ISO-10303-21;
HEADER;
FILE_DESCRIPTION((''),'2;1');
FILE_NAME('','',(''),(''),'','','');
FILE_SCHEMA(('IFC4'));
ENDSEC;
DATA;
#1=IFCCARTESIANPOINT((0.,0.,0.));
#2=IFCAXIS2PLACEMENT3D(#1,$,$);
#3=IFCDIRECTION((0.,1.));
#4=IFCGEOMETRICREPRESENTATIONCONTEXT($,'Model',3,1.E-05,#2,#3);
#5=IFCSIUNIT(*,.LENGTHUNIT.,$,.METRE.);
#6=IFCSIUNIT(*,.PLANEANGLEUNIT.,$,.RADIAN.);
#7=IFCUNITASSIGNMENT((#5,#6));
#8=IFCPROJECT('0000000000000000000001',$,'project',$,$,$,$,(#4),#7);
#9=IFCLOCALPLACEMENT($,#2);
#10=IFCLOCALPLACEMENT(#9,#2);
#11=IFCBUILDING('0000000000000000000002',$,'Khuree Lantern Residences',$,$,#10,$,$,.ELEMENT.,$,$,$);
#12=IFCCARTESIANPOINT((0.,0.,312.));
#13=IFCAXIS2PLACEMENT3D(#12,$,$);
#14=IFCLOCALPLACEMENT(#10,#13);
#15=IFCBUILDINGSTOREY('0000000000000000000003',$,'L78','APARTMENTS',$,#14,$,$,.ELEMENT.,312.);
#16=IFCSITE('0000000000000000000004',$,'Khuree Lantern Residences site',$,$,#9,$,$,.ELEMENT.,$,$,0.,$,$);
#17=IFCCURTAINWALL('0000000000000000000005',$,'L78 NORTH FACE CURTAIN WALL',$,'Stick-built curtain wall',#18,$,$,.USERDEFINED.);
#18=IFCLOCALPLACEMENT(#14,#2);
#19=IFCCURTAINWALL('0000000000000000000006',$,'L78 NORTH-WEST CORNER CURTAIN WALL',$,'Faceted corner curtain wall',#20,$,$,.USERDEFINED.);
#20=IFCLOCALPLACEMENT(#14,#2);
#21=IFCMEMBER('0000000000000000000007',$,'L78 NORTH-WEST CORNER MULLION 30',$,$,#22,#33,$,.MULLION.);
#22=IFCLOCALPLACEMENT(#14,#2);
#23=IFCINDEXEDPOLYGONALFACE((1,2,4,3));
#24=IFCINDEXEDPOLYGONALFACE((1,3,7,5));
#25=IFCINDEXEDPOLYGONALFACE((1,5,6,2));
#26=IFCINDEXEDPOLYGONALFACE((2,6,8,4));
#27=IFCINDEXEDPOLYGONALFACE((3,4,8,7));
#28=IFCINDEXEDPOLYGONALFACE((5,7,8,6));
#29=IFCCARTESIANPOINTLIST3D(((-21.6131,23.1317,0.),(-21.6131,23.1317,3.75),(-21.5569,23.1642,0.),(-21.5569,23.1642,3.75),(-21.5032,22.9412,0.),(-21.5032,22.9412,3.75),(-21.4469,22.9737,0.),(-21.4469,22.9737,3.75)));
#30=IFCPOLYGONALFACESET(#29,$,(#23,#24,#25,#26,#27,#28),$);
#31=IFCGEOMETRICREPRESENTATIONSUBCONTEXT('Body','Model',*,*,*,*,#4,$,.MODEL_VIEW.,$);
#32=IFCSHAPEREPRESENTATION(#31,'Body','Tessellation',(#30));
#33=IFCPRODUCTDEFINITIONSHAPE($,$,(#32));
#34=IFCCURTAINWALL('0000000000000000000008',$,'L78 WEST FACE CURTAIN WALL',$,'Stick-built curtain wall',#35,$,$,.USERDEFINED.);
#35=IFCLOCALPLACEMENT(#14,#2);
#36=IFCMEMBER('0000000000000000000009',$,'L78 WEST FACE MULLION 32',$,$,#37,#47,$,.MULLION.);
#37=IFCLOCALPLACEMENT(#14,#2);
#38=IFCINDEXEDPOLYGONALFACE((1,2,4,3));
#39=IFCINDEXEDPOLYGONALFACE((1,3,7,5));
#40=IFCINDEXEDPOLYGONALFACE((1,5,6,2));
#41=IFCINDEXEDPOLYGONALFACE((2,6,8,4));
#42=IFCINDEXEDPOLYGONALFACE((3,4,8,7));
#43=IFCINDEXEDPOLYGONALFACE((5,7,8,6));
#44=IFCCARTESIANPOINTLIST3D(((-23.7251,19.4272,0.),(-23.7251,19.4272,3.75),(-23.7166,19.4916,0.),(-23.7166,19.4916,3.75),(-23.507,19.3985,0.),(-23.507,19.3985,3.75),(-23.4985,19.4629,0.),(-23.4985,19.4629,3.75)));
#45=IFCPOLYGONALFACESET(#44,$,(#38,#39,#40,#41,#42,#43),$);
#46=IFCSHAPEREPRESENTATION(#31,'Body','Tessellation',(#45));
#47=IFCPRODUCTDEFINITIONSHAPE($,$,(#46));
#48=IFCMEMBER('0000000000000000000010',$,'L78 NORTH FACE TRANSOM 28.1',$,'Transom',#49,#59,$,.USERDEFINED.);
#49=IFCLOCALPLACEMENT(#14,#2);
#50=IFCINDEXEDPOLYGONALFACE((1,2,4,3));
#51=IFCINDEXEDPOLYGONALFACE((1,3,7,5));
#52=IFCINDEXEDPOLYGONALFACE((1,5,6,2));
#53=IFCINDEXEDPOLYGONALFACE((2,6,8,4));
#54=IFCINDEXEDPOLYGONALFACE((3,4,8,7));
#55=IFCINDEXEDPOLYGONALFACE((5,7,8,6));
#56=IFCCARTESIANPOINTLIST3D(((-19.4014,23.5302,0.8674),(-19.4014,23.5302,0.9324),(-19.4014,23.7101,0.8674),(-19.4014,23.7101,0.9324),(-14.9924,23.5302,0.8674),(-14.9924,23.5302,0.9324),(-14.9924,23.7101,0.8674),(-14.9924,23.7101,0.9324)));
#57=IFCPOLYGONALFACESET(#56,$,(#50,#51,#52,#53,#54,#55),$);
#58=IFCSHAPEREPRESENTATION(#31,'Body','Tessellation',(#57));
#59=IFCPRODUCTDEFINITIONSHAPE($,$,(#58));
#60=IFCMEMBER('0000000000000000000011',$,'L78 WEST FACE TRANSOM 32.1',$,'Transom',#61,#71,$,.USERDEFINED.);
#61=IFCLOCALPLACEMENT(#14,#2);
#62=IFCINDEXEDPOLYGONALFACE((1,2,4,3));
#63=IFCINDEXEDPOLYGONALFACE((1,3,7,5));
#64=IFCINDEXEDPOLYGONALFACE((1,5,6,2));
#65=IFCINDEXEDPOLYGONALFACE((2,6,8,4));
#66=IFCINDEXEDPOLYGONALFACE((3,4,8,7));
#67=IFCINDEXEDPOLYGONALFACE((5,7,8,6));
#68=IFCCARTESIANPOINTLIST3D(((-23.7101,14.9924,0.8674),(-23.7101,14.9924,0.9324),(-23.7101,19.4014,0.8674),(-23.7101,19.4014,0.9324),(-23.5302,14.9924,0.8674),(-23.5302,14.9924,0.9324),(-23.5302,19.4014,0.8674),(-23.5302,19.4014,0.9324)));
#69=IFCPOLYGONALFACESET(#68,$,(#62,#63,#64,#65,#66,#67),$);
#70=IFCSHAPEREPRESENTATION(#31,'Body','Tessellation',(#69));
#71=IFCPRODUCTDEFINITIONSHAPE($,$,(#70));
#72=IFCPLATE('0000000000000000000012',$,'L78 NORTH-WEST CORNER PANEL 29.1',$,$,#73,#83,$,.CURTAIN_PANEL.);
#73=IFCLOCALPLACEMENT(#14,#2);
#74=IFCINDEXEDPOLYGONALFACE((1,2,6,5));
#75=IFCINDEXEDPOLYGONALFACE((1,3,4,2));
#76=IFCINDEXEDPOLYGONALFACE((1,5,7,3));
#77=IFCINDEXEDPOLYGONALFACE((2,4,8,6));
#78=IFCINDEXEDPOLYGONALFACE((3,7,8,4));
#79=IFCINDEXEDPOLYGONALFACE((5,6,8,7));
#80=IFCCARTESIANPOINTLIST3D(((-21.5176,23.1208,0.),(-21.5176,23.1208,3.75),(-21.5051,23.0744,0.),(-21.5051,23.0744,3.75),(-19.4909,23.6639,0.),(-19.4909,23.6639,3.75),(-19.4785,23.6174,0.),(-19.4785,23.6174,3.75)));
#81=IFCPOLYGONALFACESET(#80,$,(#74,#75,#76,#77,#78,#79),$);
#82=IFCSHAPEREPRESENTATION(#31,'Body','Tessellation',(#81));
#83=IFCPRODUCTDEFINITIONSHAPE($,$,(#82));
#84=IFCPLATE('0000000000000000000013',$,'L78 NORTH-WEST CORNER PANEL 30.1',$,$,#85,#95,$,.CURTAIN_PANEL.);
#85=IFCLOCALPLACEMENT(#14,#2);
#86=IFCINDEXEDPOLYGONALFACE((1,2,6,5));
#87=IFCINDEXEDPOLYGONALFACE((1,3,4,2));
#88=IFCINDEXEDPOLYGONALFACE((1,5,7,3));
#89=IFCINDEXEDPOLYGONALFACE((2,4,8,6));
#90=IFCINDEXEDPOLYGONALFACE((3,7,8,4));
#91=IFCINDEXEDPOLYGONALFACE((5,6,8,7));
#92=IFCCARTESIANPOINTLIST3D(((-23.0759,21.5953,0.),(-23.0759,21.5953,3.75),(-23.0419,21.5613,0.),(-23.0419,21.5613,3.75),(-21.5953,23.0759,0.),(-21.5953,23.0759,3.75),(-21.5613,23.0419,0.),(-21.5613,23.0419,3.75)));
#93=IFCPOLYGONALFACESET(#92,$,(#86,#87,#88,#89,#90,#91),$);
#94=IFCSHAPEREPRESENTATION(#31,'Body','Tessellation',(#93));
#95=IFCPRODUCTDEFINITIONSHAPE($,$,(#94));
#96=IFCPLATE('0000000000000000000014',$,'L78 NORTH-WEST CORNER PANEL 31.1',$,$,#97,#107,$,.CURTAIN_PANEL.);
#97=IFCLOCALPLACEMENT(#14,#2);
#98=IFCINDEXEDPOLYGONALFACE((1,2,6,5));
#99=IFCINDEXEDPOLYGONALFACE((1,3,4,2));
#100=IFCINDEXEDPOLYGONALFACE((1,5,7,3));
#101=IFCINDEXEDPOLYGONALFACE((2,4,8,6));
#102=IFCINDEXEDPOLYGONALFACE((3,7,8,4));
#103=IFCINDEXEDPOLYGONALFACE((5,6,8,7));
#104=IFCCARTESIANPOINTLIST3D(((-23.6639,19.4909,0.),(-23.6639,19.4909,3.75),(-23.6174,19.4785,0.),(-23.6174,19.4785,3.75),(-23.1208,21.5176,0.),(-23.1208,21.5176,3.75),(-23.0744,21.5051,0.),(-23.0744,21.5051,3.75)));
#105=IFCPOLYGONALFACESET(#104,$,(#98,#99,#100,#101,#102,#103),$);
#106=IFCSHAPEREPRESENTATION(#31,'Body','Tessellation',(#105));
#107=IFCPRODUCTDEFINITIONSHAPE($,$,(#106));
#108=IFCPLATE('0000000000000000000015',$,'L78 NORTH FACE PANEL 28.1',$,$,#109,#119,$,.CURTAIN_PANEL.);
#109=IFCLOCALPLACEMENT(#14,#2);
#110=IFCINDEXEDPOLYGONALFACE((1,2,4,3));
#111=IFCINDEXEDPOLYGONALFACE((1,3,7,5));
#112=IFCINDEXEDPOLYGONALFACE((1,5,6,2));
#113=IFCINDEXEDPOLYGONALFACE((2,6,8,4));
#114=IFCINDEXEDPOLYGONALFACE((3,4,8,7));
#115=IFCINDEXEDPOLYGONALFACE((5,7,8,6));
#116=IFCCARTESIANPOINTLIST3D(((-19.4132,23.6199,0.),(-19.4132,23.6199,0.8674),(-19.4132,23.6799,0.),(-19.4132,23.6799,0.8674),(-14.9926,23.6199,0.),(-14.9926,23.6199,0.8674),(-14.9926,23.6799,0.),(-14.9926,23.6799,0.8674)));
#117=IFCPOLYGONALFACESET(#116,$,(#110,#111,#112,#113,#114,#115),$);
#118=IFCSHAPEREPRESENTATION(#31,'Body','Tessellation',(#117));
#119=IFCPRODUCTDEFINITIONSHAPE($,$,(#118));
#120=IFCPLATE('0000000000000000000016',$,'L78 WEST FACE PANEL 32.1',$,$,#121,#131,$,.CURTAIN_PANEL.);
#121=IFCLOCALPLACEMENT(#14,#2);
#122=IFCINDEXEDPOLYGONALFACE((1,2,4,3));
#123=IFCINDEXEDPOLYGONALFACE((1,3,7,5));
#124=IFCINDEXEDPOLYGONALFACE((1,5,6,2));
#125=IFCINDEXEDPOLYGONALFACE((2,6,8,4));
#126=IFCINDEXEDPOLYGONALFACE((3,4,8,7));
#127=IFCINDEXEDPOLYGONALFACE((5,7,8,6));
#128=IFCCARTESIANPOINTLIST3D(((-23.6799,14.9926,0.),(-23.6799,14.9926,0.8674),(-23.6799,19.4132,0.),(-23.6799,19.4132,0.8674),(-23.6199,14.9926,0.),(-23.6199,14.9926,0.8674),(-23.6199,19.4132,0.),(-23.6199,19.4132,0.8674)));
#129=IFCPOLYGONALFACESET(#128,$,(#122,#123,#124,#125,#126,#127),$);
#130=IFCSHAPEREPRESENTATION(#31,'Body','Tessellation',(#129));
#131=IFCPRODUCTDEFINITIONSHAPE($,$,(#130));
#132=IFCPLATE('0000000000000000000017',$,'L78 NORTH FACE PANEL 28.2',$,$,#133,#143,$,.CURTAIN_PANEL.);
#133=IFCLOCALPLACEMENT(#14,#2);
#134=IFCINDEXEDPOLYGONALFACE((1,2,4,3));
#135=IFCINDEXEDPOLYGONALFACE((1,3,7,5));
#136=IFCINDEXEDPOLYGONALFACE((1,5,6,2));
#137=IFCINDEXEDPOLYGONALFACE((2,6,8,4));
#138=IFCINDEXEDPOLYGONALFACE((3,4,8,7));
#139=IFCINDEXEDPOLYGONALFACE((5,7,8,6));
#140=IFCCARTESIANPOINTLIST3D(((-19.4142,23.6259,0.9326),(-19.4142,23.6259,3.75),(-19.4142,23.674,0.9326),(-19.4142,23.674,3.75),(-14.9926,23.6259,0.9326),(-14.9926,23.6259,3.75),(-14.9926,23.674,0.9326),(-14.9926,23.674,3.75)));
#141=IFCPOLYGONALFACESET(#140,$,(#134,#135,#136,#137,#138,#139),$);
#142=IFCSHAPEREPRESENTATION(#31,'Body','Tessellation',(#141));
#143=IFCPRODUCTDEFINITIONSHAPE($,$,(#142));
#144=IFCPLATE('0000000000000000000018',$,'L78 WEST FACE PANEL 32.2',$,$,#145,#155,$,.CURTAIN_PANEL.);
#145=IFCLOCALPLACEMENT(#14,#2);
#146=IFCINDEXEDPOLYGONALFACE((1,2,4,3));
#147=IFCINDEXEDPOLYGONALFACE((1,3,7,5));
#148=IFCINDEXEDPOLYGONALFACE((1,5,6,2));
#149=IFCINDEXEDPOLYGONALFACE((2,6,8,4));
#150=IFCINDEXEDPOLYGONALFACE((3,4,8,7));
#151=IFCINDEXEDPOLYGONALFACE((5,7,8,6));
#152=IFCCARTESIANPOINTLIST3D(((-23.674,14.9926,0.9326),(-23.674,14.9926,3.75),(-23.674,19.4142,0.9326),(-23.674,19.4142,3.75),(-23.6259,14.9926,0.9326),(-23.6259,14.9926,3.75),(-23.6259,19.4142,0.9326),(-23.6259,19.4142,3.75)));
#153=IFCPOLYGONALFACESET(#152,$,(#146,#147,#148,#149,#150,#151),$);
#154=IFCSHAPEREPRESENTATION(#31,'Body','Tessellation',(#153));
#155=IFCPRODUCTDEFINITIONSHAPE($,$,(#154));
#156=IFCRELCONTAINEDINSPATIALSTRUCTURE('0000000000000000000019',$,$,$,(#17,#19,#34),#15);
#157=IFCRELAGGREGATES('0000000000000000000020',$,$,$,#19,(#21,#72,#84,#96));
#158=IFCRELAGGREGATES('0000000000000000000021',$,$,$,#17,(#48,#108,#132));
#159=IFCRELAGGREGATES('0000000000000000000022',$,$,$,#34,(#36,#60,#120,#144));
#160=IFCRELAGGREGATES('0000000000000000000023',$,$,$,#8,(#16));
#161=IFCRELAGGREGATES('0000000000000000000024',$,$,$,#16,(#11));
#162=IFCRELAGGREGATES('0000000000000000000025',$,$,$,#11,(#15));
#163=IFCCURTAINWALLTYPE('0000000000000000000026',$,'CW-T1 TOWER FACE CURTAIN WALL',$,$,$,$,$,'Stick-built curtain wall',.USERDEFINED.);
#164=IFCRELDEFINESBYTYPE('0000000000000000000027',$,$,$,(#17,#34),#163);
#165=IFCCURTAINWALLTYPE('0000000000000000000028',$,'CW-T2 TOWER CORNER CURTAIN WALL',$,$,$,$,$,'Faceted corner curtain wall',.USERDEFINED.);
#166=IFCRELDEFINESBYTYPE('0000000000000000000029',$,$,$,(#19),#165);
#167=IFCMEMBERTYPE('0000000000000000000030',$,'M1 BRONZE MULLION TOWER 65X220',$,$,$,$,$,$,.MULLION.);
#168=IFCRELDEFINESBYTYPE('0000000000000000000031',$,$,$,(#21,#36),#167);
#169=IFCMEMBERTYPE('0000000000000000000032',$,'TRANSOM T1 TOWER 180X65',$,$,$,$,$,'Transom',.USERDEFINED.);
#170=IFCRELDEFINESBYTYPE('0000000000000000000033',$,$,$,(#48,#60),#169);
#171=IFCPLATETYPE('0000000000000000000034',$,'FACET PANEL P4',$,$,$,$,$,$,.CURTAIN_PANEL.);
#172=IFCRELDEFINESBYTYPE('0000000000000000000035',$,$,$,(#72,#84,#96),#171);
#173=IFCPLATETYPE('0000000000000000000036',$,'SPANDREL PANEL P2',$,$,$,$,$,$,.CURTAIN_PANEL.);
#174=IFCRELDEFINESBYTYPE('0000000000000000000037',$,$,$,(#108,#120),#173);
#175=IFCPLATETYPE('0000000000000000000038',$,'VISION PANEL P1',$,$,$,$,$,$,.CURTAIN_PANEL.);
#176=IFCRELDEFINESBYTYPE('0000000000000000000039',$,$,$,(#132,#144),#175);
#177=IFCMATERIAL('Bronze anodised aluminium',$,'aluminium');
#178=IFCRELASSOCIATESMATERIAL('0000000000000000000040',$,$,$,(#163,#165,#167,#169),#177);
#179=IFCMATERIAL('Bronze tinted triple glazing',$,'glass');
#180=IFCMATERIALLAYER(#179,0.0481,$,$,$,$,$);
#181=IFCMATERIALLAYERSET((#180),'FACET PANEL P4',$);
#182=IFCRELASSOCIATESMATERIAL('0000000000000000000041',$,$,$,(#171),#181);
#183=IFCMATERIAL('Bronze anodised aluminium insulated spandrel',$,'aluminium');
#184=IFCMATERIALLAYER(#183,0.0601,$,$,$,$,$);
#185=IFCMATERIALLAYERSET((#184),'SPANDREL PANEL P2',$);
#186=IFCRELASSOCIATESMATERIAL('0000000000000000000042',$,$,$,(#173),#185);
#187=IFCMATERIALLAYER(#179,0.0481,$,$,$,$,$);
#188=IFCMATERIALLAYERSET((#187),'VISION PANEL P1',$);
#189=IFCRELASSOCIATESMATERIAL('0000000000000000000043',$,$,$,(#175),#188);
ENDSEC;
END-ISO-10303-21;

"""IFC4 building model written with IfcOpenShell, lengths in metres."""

from ifc_helpers import new_model, si_unit, direction, frame, origin, origin_2d, place, context, subcontext, project, spatial, rectangle, extrude, material, layer, layer_set, material_profile, profile_set, type_object, element, aggregate, save


model = new_model("IFC4")

# Units and contexts
model_context = context("Model", 3, precision=1e-05, world=origin(), true_north=direction((0.0, 1.0)))
body_context = subcontext(model_context, "Body", "Model", "MODEL_VIEW")
ifc_project = project(units=[si_unit("LENGTHUNIT", "METRE"), si_unit("PLANEANGLEUNIT", "RADIAN")], contexts=[model_context])

# Site, building, storey
site_placement = place(None, origin())
site = spatial("IfcSite", under=ifc_project, at=site_placement, Name="Khuree Lantern Residences site", CompositionType="ELEMENT", RefElevation=0.0)
building_placement = place(site_placement, origin())
building = spatial("IfcBuilding", under=site, at=building_placement, Name="Khuree Lantern Residences", CompositionType="ELEMENT")
storey_placement = place(building_placement, frame((0.0, 0.0, 312.0)))
storey = spatial("IfcBuildingStorey", under=building, at=storey_placement, Name="L78", Description="APARTMENTS", CompositionType="ELEMENT", Elevation=312.0)

# Curtain walls
ifc_material_1 = material(Name="Bronze anodised aluminium", Category="aluminium")
curtain_wall_type_1 = type_object("IfcCurtainWallType", Name="CW-T1 TOWER FACE CURTAIN WALL", ElementType="Stick-built curtain wall", PredefinedType="USERDEFINED", material=ifc_material_1)
curtain_wall_1_placement = place(storey_placement, origin())
curtain_wall_1 = element("IfcCurtainWall", 1, at=curtain_wall_1_placement, inside=storey, type_object=curtain_wall_type_1, Name="L78 NORTH FACE CURTAIN WALL", ObjectType="Stick-built curtain wall", PredefinedType="USERDEFINED")
curtain_wall_type_2 = type_object("IfcCurtainWallType", Name="CW-T2 TOWER CORNER CURTAIN WALL", ElementType="Faceted corner curtain wall", PredefinedType="USERDEFINED", material=ifc_material_1)
curtain_wall_2_placement = place(storey_placement, origin())
curtain_wall_2 = element("IfcCurtainWall", 2, at=curtain_wall_2_placement, inside=storey, type_object=curtain_wall_type_2, Name="L78 NORTH-WEST CORNER CURTAIN WALL", ObjectType="Faceted corner curtain wall", PredefinedType="USERDEFINED")

# Member
ifc_material_profile_1 = material_profile(ifc_material_1, rectangle(XDim=0.0649, YDim=0.22, at=origin_2d()), Name="M1 65X220")
ifc_profile_set_1 = profile_set([ifc_material_profile_1], Name="Bronze anodised aluminium")
member_type_1 = type_object("IfcMemberType", Name="M1 BRONZE MULLION TOWER 65X220", PredefinedType="MULLION", material=ifc_profile_set_1)
member_1_placement = place(storey_placement, frame((-21.53, 23.0527, 0.0), z_axis=(0.0, 0.0, 1.0), x_axis=(-0.866025, -0.5, 0.0)))
member_1 = element("IfcMember", 3, at=member_1_placement, type_object=member_type_1, Name="L78 NORTH-WEST CORNER MULLION 30", PredefinedType="MULLION", context=body_context, shape_type="SweptSolid", body=[
    extrude(rectangle(XDim=0.0649, YDim=0.22, at=origin_2d()), origin(), (0.0, 0.0, 1.0), 3.75),
])

# Curtain wall, member
curtain_wall_3_placement = place(storey_placement, origin())
curtain_wall_3 = element("IfcCurtainWall", 4, at=curtain_wall_3_placement, inside=storey, type_object=curtain_wall_type_1, Name="L78 WEST FACE CURTAIN WALL", ObjectType="Stick-built curtain wall", PredefinedType="USERDEFINED")
member_2_placement = place(storey_placement, frame((-23.6118, 19.4451, 0.0), z_axis=(0.0, 0.0, 1.0), x_axis=(-0.130526, -0.991445, 0.0)))
member_2 = element("IfcMember", 5, at=member_2_placement, type_object=member_type_1, Name="L78 WEST FACE MULLION 32", PredefinedType="MULLION", context=body_context, shape_type="SweptSolid", body=[
    extrude(rectangle(XDim=0.0649, YDim=0.22, at=origin_2d()), origin(), (0.0, 0.0, 1.0), 3.75),
])

# Members
ifc_material_profile_2 = material_profile(ifc_material_1, rectangle(XDim=0.1799, YDim=0.0649, at=origin_2d()), Name="T1 180X65")
ifc_profile_set_2 = profile_set([ifc_material_profile_2], Name="Bronze anodised aluminium")
member_type_2 = type_object("IfcMemberType", Name="TRANSOM T1 TOWER 180X65", ElementType="Transom", PredefinedType="USERDEFINED", material=ifc_profile_set_2)
member_3_placement = place(storey_placement, frame((-14.9924, 23.6201, 0.8999), z_axis=(-1.0, 0.0, 0.0), x_axis=(0.0, -1.0, 0.0)))
member_3 = element("IfcMember", 6, at=member_3_placement, type_object=member_type_2, Name="L78 NORTH FACE TRANSOM 28.1", ObjectType="Transom", PredefinedType="USERDEFINED", context=body_context, shape_type="SweptSolid", body=[
    extrude(rectangle(XDim=0.1799, YDim=0.0649, at=origin_2d()), origin(), (0.0, 0.0, 1.0), 4.4089),
])
member_4_placement = place(storey_placement, frame((-23.6201, 19.4014, 0.8999), z_axis=(0.0, -1.0, 0.0), x_axis=(1.0, 0.0, 0.0)))
member_4 = element("IfcMember", 7, at=member_4_placement, type_object=member_type_2, Name="L78 WEST FACE TRANSOM 32.1", ObjectType="Transom", PredefinedType="USERDEFINED", context=body_context, shape_type="SweptSolid", body=[
    extrude(rectangle(XDim=0.1799, YDim=0.0649, at=origin_2d()), origin(), (0.0, 0.0, 1.0), 4.4089),
])

# Plates
ifc_material_2 = material(Name="Bronze tinted triple glazing", Category="glass")
ifc_layer_1 = layer(ifc_material_2, 0.0481)
ifc_layer_set_1 = layer_set([ifc_layer_1], Name="FACET PANEL P4")
plate_type_1 = type_object("IfcPlateType", Name="FACET PANEL P4", PredefinedType="CURTAIN_PANEL", material=ifc_layer_set_1)
plate_1_placement = place(storey_placement, frame((-20.498, 23.3691, 0.0), z_axis=(0.0, 0.0, 1.0), x_axis=(-0.965926, -0.258819, 0.0)))
plate_1 = element("IfcPlate", 8, at=plate_1_placement, type_object=plate_type_1, Name="L78 NORTH-WEST CORNER PANEL 29.1", PredefinedType="CURTAIN_PANEL", context=body_context, shape_type="SweptSolid", body=[
    extrude(rectangle(XDim=2.0981, YDim=0.0481, at=origin_2d()), origin(), (0.0, 0.0, 1.0), 3.75),
])
plate_2_placement = place(storey_placement, frame((-22.3186, 22.3186, 0.0), z_axis=(0.0, 0.0, 1.0), x_axis=(-0.707107, -0.707107, 0.0)))
plate_2 = element("IfcPlate", 9, at=plate_2_placement, type_object=plate_type_1, Name="L78 NORTH-WEST CORNER PANEL 30.1", PredefinedType="CURTAIN_PANEL", context=body_context, shape_type="SweptSolid", body=[
    extrude(rectangle(XDim=2.094, YDim=0.0481, at=origin_2d()), origin(), (0.0, 0.0, 1.0), 3.75),
])
plate_3_placement = place(storey_placement, frame((-23.3691, 20.498, 0.0), z_axis=(0.0, 0.0, 1.0), x_axis=(-0.258819, -0.965926, 0.0)))
plate_3 = element("IfcPlate", 10, at=plate_3_placement, type_object=plate_type_1, Name="L78 NORTH-WEST CORNER PANEL 31.1", PredefinedType="CURTAIN_PANEL", context=body_context, shape_type="SweptSolid", body=[
    extrude(rectangle(XDim=2.0981, YDim=0.0481, at=origin_2d()), origin(), (0.0, 0.0, 1.0), 3.75),
])
aggregate(curtain_wall_2, [member_1, plate_1, plate_2, plate_3])
ifc_material_3 = material(Name="Bronze anodised aluminium insulated spandrel", Category="aluminium")
ifc_layer_2 = layer(ifc_material_3, 0.0601)
ifc_layer_set_2 = layer_set([ifc_layer_2], Name="SPANDREL PANEL P2")
plate_type_2 = type_object("IfcPlateType", Name="SPANDREL PANEL P2", PredefinedType="CURTAIN_PANEL", material=ifc_layer_set_2)
plate_4_placement = place(storey_placement, frame((-17.2029, 23.6499, 0.0), z_axis=(0.0, 0.0, 1.0), x_axis=(-1.0, 0.0, 0.0)))
plate_4 = element("IfcPlate", 11, at=plate_4_placement, type_object=plate_type_2, Name="L78 NORTH FACE PANEL 28.1", PredefinedType="CURTAIN_PANEL", context=body_context, shape_type="SweptSolid", body=[
    extrude(rectangle(XDim=4.4207, YDim=0.0601, at=origin_2d()), origin(), (0.0, 0.0, 1.0), 0.8674),
])
plate_5_placement = place(storey_placement, frame((-23.6499, 17.2029, 0.0), z_axis=(0.0, 0.0, 1.0), x_axis=(0.0, -1.0, 0.0)))
plate_5 = element("IfcPlate", 12, at=plate_5_placement, type_object=plate_type_2, Name="L78 WEST FACE PANEL 32.1", PredefinedType="CURTAIN_PANEL", context=body_context, shape_type="SweptSolid", body=[
    extrude(rectangle(XDim=4.4207, YDim=0.0601, at=origin_2d()), origin(), (0.0, 0.0, 1.0), 0.8674),
])
ifc_layer_3 = layer(ifc_material_2, 0.0481)
ifc_layer_set_3 = layer_set([ifc_layer_3], Name="VISION PANEL P1")
plate_type_3 = type_object("IfcPlateType", Name="VISION PANEL P1", PredefinedType="CURTAIN_PANEL", material=ifc_layer_set_3)
plate_6_placement = place(storey_placement, frame((-17.2034, 23.6499, 0.9326), z_axis=(0.0, 0.0, 1.0), x_axis=(-1.0, 0.0, 0.0)))
plate_6 = element("IfcPlate", 13, at=plate_6_placement, type_object=plate_type_3, Name="L78 NORTH FACE PANEL 28.2", PredefinedType="CURTAIN_PANEL", context=body_context, shape_type="SweptSolid", body=[
    extrude(rectangle(XDim=4.4216, YDim=0.0481, at=origin_2d()), origin(), (0.0, 0.0, 1.0), 2.8174),
])
aggregate(curtain_wall_1, [member_3, plate_4, plate_6])
plate_7_placement = place(storey_placement, frame((-23.6499, 17.2034, 0.9326), z_axis=(0.0, 0.0, 1.0), x_axis=(0.0, -1.0, 0.0)))
plate_7 = element("IfcPlate", 14, at=plate_7_placement, type_object=plate_type_3, Name="L78 WEST FACE PANEL 32.2", PredefinedType="CURTAIN_PANEL", context=body_context, shape_type="SweptSolid", body=[
    extrude(rectangle(XDim=4.4216, YDim=0.0481, at=origin_2d()), origin(), (0.0, 0.0, 1.0), 2.8174),
])
aggregate(curtain_wall_3, [member_2, member_4, plate_5, plate_7])

save(model, "model.ifc")
